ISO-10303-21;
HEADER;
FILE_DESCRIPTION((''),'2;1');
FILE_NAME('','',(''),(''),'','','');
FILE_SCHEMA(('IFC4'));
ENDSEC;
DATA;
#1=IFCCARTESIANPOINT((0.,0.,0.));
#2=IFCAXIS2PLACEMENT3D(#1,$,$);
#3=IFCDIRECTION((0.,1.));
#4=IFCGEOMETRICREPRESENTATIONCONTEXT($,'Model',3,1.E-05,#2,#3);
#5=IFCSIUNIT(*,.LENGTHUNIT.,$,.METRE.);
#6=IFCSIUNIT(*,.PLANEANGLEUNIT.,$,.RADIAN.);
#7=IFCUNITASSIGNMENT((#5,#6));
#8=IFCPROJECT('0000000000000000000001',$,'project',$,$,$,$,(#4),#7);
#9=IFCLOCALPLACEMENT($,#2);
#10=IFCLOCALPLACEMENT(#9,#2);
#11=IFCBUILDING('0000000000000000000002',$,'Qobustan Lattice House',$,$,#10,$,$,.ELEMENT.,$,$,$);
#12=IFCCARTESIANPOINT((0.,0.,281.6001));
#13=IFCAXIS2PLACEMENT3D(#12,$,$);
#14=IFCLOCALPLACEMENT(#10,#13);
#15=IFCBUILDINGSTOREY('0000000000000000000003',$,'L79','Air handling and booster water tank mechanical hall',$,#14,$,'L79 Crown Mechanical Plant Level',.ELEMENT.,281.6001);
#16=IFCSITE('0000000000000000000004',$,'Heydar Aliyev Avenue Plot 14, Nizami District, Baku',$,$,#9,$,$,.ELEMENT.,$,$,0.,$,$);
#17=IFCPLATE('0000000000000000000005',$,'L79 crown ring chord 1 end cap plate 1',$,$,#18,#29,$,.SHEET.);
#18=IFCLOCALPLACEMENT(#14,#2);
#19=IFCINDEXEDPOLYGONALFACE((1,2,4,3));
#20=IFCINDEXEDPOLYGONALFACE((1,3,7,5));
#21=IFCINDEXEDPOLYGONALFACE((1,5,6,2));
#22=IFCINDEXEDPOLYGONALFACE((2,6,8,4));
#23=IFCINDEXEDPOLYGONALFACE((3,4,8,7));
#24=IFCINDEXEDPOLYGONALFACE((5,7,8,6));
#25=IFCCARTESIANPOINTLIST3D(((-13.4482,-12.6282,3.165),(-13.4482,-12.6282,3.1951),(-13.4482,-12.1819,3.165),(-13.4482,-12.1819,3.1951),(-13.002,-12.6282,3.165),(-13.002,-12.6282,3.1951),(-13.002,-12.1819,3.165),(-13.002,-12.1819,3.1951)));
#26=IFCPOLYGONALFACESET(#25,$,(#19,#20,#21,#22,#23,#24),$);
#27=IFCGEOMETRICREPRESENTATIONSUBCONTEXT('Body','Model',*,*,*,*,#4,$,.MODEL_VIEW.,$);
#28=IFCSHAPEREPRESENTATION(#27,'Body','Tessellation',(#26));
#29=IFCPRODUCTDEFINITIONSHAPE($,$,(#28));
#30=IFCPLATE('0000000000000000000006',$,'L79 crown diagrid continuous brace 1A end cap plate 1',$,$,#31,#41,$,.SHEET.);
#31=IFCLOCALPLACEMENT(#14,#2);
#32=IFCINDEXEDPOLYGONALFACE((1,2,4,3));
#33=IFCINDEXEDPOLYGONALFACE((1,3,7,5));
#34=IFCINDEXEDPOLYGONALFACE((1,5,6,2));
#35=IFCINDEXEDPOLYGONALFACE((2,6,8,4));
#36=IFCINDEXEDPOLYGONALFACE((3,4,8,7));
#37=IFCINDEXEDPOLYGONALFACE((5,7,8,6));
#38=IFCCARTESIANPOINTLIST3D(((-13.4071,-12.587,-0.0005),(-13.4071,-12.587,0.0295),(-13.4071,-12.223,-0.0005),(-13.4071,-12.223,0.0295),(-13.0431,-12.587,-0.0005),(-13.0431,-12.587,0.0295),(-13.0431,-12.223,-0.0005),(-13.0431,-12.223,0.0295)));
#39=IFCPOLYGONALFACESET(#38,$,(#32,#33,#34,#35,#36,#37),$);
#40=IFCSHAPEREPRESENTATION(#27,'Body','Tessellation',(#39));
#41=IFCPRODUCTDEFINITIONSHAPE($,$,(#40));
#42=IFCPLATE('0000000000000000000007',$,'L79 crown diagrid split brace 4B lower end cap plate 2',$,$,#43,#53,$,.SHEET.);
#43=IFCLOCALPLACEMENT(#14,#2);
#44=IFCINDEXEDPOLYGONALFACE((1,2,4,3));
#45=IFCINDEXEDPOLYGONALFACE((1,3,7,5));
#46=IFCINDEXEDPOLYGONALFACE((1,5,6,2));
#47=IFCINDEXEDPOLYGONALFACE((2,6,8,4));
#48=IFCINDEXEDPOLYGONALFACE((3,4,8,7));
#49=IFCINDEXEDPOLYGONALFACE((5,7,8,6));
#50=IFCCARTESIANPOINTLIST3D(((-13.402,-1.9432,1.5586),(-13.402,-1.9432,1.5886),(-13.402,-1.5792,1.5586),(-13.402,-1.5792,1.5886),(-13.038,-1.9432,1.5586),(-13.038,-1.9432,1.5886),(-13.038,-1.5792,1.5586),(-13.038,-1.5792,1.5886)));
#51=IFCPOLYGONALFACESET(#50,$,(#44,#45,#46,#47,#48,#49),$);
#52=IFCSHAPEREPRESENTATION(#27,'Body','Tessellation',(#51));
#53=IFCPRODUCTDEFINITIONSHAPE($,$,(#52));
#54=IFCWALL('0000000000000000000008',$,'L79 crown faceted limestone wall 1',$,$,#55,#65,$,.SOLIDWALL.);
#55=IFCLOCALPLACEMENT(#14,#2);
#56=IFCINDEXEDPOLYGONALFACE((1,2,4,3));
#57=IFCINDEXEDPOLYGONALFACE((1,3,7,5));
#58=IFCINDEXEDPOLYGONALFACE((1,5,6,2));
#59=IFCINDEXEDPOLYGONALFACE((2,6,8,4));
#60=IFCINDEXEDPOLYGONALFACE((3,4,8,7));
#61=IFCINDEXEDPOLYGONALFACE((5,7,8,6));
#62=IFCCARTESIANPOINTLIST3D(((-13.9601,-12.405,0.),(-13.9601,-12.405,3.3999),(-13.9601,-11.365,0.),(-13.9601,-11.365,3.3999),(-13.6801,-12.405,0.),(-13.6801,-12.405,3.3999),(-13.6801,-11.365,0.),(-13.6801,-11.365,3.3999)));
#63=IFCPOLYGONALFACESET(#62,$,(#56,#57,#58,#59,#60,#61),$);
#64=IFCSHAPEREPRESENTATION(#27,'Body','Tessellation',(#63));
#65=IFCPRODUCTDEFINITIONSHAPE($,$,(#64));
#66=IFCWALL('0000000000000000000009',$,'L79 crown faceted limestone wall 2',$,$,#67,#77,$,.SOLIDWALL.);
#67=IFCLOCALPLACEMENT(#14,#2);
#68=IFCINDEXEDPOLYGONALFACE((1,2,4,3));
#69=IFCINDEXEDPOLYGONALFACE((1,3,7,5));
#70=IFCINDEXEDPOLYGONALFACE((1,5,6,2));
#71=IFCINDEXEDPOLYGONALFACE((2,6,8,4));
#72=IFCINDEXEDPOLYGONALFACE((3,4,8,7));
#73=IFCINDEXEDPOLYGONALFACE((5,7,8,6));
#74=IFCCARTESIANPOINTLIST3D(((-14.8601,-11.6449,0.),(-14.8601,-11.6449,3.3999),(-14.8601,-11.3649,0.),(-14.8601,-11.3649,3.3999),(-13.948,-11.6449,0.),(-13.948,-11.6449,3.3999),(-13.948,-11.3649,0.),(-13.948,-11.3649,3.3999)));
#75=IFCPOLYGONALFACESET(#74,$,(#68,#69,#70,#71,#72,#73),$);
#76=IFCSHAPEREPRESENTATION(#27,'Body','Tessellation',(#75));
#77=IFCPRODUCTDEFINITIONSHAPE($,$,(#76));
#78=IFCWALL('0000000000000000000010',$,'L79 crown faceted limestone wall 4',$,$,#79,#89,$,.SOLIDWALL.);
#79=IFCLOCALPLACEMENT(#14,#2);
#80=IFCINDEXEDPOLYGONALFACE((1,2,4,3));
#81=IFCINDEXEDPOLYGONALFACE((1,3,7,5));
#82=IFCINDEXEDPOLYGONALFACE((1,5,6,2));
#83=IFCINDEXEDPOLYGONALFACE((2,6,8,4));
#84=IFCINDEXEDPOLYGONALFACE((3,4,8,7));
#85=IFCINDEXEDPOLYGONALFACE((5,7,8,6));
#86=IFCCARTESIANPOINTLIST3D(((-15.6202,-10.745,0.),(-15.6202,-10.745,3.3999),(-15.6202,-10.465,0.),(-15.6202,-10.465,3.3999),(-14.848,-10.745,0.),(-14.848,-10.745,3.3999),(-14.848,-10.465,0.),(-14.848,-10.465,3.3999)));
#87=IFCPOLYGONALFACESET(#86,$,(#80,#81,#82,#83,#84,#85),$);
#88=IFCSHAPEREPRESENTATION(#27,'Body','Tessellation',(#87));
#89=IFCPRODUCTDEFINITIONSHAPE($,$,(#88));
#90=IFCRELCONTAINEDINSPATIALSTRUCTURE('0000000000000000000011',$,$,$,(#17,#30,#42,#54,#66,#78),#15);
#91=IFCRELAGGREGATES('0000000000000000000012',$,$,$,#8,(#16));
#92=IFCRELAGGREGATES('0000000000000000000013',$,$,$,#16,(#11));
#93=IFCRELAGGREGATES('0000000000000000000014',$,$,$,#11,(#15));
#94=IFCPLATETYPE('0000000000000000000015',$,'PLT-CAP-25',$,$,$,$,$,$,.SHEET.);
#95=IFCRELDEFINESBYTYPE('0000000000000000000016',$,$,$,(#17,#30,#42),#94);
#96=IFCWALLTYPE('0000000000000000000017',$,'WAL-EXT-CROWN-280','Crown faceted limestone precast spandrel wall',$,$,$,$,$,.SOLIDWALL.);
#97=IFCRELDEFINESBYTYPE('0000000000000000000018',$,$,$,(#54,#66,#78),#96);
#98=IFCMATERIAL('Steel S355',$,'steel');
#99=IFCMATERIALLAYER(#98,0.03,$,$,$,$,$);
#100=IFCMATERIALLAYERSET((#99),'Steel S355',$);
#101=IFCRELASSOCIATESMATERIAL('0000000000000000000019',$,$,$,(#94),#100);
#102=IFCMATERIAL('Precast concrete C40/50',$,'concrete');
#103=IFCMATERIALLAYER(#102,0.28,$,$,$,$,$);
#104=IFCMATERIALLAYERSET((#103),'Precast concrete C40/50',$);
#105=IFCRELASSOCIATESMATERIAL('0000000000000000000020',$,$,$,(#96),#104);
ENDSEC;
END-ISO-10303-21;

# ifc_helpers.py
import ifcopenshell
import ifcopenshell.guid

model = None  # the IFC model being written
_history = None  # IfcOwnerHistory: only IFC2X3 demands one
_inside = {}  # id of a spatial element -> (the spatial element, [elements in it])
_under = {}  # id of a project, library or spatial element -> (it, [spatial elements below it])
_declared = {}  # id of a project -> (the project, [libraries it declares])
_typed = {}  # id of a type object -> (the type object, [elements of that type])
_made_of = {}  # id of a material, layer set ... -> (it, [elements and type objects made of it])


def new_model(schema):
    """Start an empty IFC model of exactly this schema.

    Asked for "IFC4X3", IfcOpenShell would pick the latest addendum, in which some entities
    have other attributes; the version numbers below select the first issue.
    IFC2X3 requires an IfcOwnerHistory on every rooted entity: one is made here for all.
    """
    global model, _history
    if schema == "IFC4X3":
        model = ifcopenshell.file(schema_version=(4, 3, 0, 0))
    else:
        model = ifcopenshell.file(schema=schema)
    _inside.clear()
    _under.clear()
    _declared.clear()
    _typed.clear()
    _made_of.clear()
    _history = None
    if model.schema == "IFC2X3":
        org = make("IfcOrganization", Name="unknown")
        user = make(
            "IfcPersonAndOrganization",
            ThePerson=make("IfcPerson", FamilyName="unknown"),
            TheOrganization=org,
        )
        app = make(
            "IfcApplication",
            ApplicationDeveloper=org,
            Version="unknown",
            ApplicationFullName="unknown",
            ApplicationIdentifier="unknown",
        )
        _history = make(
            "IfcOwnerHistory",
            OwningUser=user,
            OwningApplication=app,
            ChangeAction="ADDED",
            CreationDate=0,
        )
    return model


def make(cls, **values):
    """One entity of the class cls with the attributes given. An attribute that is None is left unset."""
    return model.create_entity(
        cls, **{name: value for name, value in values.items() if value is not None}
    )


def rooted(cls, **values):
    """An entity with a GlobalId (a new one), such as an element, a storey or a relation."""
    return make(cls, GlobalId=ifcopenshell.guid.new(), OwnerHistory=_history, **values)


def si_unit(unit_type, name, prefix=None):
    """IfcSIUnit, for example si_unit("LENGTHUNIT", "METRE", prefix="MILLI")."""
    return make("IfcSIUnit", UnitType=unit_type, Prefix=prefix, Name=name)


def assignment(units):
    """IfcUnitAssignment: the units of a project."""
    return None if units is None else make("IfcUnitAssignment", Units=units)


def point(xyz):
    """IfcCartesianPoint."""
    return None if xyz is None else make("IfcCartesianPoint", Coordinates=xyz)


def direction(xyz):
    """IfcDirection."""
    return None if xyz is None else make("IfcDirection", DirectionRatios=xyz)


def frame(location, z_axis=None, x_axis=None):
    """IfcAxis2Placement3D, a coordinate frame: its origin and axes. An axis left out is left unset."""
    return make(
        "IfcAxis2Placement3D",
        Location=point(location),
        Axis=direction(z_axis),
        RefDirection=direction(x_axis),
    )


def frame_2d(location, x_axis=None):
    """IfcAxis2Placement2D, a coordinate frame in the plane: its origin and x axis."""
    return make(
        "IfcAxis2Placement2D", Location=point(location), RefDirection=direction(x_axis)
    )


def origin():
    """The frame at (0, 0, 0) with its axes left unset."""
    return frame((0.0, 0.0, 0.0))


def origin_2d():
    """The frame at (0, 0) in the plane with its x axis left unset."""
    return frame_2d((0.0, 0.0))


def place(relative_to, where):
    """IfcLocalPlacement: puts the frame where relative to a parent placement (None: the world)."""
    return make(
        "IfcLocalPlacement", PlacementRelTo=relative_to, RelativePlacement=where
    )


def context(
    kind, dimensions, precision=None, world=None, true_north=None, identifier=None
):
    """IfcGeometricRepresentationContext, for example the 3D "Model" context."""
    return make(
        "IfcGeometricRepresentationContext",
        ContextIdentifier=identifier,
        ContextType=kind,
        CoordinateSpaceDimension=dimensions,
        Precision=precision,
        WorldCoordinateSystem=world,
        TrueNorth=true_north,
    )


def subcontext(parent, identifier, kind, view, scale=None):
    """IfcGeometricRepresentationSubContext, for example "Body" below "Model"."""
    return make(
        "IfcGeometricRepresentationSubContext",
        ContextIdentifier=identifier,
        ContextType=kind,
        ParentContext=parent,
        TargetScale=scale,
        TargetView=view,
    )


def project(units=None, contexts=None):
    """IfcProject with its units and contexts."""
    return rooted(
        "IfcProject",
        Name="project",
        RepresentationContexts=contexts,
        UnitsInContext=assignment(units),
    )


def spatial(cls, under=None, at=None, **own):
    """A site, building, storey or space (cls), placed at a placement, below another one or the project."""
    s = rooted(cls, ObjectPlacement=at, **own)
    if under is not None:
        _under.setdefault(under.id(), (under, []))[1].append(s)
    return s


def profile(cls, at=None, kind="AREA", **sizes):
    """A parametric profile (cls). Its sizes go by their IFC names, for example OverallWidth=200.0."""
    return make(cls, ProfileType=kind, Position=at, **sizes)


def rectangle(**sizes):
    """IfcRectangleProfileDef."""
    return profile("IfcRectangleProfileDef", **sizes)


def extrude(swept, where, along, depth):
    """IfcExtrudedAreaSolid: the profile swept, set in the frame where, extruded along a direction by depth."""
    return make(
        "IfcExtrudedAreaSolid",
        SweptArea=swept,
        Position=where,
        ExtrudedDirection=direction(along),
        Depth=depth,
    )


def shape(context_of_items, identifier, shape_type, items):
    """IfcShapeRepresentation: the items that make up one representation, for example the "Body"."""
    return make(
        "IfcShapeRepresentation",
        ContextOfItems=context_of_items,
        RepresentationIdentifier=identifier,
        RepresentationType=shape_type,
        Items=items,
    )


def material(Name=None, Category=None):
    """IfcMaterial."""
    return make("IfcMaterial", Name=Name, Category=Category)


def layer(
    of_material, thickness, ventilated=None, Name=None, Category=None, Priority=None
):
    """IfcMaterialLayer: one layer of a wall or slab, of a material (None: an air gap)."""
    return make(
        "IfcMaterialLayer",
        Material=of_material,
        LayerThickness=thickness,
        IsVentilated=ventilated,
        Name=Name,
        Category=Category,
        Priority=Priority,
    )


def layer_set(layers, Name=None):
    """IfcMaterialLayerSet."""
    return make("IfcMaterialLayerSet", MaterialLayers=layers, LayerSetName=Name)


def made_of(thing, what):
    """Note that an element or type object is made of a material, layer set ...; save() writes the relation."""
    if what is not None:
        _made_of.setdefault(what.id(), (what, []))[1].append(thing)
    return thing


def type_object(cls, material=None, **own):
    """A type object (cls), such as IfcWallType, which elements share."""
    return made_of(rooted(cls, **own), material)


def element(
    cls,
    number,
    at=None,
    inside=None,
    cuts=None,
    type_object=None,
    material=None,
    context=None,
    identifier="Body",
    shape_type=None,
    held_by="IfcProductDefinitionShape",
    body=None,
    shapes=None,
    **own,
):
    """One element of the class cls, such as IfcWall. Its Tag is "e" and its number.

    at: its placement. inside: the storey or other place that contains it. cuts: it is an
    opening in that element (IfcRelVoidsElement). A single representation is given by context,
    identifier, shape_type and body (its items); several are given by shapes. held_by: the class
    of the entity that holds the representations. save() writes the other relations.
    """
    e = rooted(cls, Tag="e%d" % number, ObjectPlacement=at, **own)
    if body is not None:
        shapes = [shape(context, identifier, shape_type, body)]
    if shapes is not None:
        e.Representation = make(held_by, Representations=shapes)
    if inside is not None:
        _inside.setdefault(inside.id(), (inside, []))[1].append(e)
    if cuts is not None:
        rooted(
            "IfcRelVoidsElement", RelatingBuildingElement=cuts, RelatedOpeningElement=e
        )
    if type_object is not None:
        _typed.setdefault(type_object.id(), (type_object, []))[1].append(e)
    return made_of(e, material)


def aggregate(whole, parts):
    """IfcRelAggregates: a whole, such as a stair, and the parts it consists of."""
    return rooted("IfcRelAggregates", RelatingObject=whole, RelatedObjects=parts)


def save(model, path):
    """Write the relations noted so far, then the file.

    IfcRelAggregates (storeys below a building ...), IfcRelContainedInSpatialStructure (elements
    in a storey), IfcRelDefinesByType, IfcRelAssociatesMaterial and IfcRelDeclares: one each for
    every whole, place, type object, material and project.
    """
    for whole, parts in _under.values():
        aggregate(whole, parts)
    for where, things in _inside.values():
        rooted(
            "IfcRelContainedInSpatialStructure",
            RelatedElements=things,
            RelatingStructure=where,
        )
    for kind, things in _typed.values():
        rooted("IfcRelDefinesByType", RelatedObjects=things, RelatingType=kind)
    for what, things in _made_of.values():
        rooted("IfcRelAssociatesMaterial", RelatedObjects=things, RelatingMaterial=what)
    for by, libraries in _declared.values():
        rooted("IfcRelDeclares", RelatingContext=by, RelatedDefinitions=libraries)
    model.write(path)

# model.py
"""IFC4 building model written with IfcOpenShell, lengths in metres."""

from ifc_helpers import new_model, si_unit, direction, frame, frame_2d, origin, origin_2d, place, context, subcontext, project, spatial, rectangle, extrude, material, layer, layer_set, type_object, element, save


model = new_model("IFC4")

# Units and contexts
model_context = context("Model", 3, precision=1e-05, world=origin(), true_north=direction((0.0, 1.0)))
body_context = subcontext(model_context, "Body", "Model", "MODEL_VIEW")
ifc_project = project(units=[si_unit("LENGTHUNIT", "METRE"), si_unit("PLANEANGLEUNIT", "RADIAN")], contexts=[model_context])

# Site, building, storey
site_placement = place(None, origin())
site = spatial("IfcSite", under=ifc_project, at=site_placement, Name="Heydar Aliyev Avenue Plot 14, Nizami District, Baku", CompositionType="ELEMENT", RefElevation=0.0)
building_placement = place(site_placement, origin())
building = spatial("IfcBuilding", under=site, at=building_placement, Name="Qobustan Lattice House", CompositionType="ELEMENT")
storey_placement = place(building_placement, frame((0.0, 0.0, 281.6001)))
storey = spatial("IfcBuildingStorey", under=building, at=storey_placement, Name="L79", Description="Air handling and booster water tank mechanical hall", LongName="L79 Crown Mechanical Plant Level", CompositionType="ELEMENT", Elevation=281.6001)

# Plates
ifc_material_1 = material(Name="Steel S355", Category="steel")
ifc_layer_1 = layer(ifc_material_1, 0.03)
ifc_layer_set_1 = layer_set([ifc_layer_1], Name="Steel S355")
plate_type_1 = type_object("IfcPlateType", Name="PLT-CAP-25", PredefinedType="SHEET", material=ifc_layer_set_1)
plate_1_placement = place(storey_placement, frame((-13.2251, -12.405, 3.165), z_axis=(0.0, 0.0, 1.0), x_axis=(1.0, 0.0, 0.0)))
element("IfcPlate", 1, at=plate_1_placement, inside=storey, type_object=plate_type_1, Name="L79 crown ring chord 1 end cap plate 1", PredefinedType="SHEET", context=body_context, shape_type="SweptSolid", body=[
    extrude(rectangle(XDim=0.4463, YDim=0.4463, at=origin_2d()), origin(), (0.0, 0.0, 1.0), 0.03),
])
for number, where, z_axis, x_axis, name in (
    (2, (-13.2251, -12.405, -0.0005), (0.0, 0.0, 1.0), (1.0, 0.0, 0.0), "L79 crown diagrid continuous brace 1A end cap plate 1"),
    (3, (-13.22, -1.7612, 1.5586), (0.0, 0.0, 1.0), (0.0, 1.0, 0.0), "L79 crown diagrid split brace 4B lower end cap plate 2"),
):
    element("IfcPlate", number, at=place(storey_placement, frame(where, z_axis=z_axis, x_axis=x_axis)), inside=storey, type_object=plate_type_1, Name=name, PredefinedType="SHEET", context=body_context, shape_type="SweptSolid", body=[
        extrude(rectangle(XDim=0.364, YDim=0.364, at=origin_2d()), origin(), (0.0, 0.0, 1.0), 0.03),
    ])

# Walls
ifc_material_2 = material(Name="Precast concrete C40/50", Category="concrete")
ifc_layer_2 = layer(ifc_material_2, 0.28)
ifc_layer_set_2 = layer_set([ifc_layer_2], Name="Precast concrete C40/50")
wall_type = type_object("IfcWallType", Name="WAL-EXT-CROWN-280", Description="Crown faceted limestone precast spandrel wall", PredefinedType="SOLIDWALL", material=ifc_layer_set_2)
wall_1_placement = place(storey_placement, frame((-13.8201, -12.405, 0.0), z_axis=(0.0, 0.0, 1.0), x_axis=(0.0, 1.0, 0.0)))
element("IfcWall", 4, at=wall_1_placement, inside=storey, type_object=wall_type, Name="L79 crown faceted limestone wall 1", PredefinedType="SOLIDWALL", context=body_context, shape_type="SweptSolid", body=[
    extrude(rectangle(XDim=1.04, YDim=0.28, at=frame_2d((0.52, 0.0))), origin(), (0.0, 0.0, 1.0), 3.3999),
])
wall_2_placement = place(storey_placement, frame((-13.948, -11.5049, 0.0), z_axis=(0.0, 0.0, 1.0), x_axis=(-1.0, 0.0, 0.0)))
element("IfcWall", 5, at=wall_2_placement, inside=storey, type_object=wall_type, Name="L79 crown faceted limestone wall 2", PredefinedType="SOLIDWALL", context=body_context, shape_type="SweptSolid", body=[
    extrude(rectangle(XDim=0.9121, YDim=0.28, at=frame_2d((0.4561, 0.0))), origin(), (0.0, 0.0, 1.0), 3.3999),
])
wall_3_placement = place(storey_placement, frame((-14.8479, -10.605, 0.0), z_axis=(0.0, 0.0, 1.0), x_axis=(-1.0, 0.0, 0.0)))
element("IfcWall", 6, at=wall_3_placement, inside=storey, type_object=wall_type, Name="L79 crown faceted limestone wall 4", PredefinedType="SOLIDWALL", context=body_context, shape_type="SweptSolid", body=[
    extrude(rectangle(XDim=0.7722, YDim=0.28, at=frame_2d((0.3862, 0.0))), origin(), (0.0, 0.0, 1.0), 3.3999),
])

save(model, "model.ifc")
